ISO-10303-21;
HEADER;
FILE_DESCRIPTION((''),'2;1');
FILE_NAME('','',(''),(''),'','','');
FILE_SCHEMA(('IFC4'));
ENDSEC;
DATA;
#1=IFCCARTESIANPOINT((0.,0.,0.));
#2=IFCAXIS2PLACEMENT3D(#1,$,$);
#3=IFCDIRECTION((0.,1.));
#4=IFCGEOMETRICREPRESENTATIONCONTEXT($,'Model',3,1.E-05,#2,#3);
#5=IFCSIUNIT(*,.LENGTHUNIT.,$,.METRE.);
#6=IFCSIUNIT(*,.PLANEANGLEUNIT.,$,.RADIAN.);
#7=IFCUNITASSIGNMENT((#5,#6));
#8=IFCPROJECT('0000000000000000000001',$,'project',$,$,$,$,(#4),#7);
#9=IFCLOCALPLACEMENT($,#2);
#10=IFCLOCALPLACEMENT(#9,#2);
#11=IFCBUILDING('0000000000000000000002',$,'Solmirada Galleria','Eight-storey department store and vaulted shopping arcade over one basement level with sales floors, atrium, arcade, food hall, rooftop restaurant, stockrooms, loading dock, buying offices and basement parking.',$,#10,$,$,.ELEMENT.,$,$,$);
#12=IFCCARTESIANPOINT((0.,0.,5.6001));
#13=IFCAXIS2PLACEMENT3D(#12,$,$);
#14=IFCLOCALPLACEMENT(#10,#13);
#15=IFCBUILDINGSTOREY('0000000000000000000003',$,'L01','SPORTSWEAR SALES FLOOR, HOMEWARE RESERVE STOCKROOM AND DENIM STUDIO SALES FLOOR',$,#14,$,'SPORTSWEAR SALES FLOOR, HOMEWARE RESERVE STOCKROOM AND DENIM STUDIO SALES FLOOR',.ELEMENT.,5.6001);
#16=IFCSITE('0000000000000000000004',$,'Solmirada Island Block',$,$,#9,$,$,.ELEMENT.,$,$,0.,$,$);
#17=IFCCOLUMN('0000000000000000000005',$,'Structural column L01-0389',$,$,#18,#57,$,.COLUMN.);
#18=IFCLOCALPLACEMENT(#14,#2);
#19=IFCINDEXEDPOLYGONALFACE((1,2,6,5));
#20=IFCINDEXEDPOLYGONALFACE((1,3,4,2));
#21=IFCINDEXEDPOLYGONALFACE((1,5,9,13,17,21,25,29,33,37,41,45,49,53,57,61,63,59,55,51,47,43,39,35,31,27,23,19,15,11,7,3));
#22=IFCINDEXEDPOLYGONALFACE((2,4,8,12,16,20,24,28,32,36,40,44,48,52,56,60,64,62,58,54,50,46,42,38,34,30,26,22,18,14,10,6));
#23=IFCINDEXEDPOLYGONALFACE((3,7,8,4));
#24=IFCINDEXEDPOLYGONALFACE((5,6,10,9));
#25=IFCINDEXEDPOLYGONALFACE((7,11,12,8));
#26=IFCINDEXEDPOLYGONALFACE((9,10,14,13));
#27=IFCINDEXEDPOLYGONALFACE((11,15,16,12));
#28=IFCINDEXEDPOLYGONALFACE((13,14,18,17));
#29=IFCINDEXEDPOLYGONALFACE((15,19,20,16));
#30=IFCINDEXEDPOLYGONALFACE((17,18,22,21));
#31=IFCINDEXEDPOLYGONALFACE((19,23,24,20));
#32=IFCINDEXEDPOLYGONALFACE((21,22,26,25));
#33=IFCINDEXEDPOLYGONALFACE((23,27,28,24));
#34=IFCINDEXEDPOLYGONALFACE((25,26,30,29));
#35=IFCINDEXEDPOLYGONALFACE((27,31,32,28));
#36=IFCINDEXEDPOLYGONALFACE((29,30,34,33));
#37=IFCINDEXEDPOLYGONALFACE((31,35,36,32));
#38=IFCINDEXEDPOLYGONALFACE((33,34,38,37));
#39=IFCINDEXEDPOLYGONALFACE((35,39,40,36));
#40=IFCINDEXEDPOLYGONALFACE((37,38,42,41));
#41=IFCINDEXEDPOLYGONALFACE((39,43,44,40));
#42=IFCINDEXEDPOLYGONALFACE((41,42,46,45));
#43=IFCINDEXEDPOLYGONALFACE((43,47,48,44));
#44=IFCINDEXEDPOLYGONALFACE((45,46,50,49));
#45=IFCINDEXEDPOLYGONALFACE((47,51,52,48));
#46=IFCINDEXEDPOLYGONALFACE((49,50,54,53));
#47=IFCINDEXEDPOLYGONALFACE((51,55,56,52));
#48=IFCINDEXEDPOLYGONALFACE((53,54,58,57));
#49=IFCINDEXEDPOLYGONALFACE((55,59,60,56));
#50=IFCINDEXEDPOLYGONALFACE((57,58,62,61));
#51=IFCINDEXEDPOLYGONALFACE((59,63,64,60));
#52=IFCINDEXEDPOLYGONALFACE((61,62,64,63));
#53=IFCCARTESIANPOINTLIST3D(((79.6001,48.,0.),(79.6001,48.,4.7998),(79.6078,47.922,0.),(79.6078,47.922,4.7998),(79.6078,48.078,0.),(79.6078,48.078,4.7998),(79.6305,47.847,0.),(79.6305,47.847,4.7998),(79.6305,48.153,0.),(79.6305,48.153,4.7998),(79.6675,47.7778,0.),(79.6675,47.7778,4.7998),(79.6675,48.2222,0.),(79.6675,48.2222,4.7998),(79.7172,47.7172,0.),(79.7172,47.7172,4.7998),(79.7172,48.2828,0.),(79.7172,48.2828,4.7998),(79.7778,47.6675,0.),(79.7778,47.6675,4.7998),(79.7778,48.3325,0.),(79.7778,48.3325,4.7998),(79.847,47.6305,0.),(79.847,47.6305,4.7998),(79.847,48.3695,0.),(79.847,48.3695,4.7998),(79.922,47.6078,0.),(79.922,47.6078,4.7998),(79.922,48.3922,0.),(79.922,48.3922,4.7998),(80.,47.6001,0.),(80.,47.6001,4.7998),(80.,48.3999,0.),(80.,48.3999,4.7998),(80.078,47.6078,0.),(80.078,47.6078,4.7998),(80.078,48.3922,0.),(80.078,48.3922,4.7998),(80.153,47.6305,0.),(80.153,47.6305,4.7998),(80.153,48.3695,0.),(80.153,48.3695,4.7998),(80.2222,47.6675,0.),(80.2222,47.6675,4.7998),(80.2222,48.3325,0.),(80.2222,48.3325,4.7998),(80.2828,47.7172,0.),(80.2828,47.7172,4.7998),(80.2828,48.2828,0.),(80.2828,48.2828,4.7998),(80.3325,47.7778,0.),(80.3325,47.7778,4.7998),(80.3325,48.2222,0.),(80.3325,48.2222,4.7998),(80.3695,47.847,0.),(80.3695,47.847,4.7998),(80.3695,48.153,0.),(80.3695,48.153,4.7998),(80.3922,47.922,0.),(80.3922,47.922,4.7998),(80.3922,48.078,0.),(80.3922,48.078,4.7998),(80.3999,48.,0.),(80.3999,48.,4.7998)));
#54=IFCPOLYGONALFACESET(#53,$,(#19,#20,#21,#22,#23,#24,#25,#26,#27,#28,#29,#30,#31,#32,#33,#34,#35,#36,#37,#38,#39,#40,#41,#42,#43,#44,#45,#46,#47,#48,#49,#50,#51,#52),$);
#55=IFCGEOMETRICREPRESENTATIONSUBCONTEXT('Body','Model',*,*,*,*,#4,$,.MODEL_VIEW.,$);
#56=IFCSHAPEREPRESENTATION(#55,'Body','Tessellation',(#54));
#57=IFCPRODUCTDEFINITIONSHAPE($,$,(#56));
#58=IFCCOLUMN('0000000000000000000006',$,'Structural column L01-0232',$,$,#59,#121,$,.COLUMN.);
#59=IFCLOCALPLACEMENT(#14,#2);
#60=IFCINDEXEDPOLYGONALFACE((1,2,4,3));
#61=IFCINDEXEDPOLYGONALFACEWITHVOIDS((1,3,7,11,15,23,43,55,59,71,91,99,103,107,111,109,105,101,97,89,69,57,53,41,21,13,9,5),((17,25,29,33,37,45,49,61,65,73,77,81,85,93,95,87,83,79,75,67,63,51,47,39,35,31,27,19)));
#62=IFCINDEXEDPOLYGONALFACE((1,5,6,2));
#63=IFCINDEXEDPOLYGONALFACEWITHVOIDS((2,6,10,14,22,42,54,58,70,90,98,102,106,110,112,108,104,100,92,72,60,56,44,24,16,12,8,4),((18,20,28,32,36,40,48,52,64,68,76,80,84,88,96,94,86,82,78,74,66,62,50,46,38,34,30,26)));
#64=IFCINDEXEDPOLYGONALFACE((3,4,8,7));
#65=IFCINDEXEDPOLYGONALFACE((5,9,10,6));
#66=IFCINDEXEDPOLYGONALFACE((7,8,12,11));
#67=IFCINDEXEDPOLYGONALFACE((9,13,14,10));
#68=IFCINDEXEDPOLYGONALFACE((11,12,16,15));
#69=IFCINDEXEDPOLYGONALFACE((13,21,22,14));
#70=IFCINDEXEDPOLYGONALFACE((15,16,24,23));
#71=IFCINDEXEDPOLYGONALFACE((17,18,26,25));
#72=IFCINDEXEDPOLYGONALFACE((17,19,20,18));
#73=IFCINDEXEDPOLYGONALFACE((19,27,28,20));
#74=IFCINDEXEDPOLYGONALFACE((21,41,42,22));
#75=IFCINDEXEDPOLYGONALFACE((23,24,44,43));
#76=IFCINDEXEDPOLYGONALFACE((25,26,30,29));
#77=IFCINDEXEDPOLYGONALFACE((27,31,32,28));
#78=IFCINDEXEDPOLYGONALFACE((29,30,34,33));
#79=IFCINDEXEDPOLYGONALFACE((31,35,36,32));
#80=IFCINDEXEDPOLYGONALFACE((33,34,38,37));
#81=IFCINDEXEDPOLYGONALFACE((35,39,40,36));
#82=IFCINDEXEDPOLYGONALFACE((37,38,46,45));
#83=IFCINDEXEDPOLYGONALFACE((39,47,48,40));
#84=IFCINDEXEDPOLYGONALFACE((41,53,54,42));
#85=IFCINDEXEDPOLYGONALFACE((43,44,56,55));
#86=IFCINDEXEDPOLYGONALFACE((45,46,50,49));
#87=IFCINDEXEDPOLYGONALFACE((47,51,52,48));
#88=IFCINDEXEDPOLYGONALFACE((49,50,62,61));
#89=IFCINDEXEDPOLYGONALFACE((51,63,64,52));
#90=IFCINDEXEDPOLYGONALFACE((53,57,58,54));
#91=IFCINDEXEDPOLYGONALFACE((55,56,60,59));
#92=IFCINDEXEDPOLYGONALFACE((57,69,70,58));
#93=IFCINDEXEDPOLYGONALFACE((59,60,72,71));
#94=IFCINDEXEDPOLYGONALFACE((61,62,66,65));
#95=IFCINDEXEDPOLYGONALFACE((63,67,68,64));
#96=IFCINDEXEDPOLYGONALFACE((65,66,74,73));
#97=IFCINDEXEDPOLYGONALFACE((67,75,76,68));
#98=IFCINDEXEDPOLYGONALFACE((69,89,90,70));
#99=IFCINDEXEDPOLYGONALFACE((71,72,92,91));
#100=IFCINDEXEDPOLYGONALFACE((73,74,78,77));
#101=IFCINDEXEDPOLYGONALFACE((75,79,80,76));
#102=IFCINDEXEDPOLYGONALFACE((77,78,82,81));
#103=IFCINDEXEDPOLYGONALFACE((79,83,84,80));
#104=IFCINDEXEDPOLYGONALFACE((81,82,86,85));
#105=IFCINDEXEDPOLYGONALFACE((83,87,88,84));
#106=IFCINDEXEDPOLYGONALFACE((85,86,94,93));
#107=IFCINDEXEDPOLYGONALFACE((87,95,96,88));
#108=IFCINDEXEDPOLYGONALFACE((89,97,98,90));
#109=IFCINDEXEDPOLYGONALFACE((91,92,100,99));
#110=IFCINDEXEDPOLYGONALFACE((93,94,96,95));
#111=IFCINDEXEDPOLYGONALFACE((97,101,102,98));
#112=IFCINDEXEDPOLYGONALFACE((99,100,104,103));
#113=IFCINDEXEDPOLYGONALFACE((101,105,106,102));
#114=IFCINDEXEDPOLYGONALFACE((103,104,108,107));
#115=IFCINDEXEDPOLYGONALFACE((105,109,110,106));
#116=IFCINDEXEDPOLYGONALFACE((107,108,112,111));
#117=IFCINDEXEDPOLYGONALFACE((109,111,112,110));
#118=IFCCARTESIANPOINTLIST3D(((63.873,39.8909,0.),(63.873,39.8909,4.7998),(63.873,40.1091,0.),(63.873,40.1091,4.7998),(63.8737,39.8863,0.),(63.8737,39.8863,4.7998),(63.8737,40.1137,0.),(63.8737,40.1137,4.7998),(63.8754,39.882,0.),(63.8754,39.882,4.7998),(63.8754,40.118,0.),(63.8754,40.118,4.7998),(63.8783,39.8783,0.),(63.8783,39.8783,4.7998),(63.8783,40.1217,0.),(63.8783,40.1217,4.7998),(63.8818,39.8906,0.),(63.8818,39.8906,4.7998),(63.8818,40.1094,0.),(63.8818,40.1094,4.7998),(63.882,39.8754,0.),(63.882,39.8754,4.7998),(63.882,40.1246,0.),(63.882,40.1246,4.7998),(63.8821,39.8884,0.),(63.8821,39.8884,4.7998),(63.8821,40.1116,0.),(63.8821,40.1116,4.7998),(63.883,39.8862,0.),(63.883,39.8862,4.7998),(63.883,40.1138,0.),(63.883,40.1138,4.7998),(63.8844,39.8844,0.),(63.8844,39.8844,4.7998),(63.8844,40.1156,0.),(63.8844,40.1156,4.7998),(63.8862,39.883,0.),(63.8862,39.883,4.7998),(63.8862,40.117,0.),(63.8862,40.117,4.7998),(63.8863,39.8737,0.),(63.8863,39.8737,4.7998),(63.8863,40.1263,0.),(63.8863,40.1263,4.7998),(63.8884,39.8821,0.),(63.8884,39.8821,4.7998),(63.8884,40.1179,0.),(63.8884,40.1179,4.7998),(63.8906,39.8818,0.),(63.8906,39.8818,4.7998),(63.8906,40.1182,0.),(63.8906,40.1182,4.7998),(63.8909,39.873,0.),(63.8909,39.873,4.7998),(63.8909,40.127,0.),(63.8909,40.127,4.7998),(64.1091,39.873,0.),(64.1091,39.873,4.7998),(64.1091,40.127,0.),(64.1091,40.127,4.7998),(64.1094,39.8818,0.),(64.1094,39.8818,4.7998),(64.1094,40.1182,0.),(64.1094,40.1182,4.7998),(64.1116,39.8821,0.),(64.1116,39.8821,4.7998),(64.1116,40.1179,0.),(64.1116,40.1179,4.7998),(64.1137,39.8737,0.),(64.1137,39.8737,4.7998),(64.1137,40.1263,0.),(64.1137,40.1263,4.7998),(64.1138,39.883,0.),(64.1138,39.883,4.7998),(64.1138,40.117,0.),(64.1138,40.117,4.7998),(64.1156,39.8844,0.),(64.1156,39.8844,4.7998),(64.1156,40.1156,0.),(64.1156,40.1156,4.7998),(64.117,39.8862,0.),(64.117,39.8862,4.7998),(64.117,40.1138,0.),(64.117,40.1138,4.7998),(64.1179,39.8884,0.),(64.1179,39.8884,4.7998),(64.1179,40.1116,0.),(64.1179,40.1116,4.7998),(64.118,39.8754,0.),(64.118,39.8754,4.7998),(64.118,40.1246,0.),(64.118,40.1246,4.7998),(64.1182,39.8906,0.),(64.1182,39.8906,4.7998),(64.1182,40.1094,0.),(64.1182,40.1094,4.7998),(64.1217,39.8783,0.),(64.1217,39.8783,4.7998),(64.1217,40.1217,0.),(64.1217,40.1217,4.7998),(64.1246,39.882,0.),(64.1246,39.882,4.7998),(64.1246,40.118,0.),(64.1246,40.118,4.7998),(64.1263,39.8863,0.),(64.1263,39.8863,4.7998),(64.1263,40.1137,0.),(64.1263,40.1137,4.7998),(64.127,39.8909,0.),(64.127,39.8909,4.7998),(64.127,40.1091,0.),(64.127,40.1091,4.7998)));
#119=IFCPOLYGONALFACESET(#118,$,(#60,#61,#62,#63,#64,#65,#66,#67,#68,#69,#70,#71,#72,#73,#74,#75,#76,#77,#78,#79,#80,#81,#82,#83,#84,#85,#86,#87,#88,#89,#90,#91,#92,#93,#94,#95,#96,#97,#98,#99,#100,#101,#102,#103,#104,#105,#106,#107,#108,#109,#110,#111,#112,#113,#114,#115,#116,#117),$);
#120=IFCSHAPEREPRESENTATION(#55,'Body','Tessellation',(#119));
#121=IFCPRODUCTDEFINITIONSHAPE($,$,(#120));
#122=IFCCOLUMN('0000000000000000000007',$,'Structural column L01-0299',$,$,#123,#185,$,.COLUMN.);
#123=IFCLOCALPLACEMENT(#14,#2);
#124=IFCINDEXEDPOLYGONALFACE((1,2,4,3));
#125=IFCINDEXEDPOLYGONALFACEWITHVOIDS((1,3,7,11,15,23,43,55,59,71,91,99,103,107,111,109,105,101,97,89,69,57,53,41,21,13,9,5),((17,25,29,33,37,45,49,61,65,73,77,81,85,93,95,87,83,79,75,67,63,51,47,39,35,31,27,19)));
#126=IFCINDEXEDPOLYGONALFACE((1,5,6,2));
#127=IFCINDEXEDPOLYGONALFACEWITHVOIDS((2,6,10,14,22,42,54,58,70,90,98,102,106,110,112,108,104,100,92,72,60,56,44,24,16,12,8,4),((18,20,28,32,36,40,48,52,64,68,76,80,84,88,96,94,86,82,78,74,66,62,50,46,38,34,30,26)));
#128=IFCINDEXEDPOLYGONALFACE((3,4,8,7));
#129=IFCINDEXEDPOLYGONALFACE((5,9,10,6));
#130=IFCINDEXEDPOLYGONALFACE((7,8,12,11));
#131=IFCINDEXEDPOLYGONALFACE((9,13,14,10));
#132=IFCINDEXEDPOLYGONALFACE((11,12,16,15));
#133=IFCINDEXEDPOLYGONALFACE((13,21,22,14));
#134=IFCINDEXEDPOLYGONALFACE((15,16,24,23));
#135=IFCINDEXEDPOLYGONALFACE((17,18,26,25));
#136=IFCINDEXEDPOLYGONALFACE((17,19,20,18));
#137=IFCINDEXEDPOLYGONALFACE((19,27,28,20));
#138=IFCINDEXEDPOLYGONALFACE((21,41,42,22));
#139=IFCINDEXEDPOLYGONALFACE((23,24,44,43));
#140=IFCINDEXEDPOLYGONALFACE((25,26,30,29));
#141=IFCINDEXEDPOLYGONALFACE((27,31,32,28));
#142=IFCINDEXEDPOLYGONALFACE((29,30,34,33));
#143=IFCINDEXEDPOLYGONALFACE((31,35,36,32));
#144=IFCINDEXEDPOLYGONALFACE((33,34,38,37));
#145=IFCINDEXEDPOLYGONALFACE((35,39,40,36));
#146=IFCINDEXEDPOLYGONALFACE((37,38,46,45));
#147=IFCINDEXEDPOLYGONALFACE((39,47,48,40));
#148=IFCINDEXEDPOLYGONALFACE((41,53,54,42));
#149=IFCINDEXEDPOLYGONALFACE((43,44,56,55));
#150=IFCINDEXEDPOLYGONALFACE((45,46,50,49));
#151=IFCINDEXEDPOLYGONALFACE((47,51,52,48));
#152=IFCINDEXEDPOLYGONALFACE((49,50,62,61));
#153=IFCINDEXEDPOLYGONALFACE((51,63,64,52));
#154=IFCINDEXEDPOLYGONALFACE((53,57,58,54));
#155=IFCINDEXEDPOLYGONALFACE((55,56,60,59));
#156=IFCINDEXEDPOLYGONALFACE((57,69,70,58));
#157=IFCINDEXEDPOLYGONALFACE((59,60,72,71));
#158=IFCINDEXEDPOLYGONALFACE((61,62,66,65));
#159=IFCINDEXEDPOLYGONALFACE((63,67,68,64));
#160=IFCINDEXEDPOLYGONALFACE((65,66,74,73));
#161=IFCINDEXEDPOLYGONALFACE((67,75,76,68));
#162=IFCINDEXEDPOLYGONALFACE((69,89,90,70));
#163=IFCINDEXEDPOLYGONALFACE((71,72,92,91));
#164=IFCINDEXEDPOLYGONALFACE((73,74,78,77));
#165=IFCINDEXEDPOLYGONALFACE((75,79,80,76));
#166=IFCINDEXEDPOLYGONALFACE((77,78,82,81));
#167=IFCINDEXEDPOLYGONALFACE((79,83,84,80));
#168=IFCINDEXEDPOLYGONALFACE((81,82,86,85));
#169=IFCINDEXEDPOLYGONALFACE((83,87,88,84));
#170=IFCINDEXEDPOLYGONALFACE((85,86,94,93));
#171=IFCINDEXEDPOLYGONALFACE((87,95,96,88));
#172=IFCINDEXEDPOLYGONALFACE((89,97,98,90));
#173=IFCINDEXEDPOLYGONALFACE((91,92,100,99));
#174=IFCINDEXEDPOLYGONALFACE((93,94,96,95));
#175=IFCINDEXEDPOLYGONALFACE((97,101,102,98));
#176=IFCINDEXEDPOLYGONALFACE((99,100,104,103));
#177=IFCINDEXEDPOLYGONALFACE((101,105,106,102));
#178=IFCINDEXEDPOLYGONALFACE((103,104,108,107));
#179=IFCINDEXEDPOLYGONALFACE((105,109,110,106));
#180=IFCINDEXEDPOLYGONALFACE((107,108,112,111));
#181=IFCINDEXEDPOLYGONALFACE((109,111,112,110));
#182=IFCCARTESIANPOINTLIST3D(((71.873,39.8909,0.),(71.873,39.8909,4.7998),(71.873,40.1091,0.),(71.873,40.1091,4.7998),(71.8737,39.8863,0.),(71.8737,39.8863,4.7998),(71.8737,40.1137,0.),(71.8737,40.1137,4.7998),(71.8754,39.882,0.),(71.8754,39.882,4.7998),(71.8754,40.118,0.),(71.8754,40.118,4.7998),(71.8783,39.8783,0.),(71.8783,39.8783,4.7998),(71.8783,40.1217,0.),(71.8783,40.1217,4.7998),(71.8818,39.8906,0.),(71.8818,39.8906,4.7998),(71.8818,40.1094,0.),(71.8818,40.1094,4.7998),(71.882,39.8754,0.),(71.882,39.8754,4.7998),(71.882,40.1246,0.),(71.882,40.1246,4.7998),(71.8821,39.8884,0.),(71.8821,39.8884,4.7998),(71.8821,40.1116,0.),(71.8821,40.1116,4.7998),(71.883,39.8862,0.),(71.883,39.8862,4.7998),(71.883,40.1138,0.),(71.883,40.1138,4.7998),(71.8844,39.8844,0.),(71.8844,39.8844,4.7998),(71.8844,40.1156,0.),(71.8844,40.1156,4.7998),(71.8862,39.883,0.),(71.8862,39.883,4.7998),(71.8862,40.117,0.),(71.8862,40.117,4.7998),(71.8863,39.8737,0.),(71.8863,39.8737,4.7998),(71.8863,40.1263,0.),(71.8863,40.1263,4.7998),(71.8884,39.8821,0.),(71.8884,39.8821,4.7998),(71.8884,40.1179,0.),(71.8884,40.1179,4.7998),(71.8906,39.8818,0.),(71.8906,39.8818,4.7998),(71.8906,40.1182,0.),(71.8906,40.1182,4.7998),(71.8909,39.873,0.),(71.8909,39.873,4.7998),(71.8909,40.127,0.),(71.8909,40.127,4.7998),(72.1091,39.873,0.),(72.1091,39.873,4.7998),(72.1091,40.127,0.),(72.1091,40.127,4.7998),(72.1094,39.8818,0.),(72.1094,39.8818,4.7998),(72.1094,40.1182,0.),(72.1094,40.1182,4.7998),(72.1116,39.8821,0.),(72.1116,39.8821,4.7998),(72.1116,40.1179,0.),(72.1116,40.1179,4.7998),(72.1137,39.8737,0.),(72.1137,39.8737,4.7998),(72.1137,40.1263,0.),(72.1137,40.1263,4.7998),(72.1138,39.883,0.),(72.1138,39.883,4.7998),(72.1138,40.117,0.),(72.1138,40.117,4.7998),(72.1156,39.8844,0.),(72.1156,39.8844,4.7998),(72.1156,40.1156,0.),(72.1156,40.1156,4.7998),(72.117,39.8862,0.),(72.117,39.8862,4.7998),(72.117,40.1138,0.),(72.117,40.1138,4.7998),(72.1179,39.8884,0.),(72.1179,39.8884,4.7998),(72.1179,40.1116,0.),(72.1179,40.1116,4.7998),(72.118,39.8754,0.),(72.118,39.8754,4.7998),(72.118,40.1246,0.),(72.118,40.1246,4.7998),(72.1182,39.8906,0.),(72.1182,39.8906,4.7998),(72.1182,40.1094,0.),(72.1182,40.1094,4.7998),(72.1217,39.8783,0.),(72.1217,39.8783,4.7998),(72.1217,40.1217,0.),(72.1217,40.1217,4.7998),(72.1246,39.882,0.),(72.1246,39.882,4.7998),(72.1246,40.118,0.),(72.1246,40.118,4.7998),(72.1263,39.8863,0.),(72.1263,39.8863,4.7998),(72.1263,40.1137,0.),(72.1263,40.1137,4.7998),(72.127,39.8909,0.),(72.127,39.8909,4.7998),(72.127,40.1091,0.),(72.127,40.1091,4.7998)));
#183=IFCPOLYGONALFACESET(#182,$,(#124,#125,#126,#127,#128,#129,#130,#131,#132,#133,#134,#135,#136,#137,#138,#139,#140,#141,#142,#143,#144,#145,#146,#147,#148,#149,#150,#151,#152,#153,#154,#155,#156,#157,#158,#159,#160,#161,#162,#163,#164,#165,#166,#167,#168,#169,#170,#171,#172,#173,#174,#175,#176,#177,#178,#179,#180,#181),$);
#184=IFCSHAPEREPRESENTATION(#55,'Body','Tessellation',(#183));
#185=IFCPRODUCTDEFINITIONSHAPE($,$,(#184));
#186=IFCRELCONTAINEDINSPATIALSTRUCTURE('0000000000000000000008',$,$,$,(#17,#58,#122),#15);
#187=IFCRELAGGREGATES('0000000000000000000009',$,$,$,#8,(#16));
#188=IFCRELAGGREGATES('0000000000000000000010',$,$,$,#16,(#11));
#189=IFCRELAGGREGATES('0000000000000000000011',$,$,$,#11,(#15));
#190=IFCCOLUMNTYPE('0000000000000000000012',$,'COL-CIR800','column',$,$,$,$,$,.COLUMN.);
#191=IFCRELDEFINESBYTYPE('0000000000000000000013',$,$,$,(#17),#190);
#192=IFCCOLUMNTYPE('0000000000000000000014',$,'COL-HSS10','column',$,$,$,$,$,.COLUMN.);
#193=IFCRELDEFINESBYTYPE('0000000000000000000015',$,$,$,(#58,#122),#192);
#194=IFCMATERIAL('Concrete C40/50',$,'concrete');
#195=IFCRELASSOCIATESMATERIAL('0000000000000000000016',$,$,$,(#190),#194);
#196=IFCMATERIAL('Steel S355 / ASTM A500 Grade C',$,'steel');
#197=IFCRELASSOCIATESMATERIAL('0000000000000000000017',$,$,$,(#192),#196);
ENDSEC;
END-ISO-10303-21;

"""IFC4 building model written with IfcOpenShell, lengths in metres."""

from ifc_helpers import new_model, si_unit, direction, frame, origin, origin_2d, place, context, subcontext, project, spatial, hollow_rectangle, circle, extrude, material, material_profile, profile_set, type_object, element, save


model = new_model("IFC4")

# Units and contexts
model_context = context("Model", 3, precision=1e-05, world=origin(), true_north=direction((0.0, 1.0)))
body_context = subcontext(model_context, "Body", "Model", "MODEL_VIEW")
ifc_project = project(units=[si_unit("LENGTHUNIT", "METRE"), si_unit("PLANEANGLEUNIT", "RADIAN")], contexts=[model_context])

# Site, building, storey
site_placement = place(None, origin())
site = spatial("IfcSite", under=ifc_project, at=site_placement, Name="Solmirada Island Block", CompositionType="ELEMENT", RefElevation=0.0)
building_placement = place(site_placement, origin())
building = spatial("IfcBuilding", under=site, at=building_placement, Name="Solmirada Galleria", Description="Eight-storey department store and vaulted shopping arcade over one basement level with sales floors, atrium, arcade, food hall, rooftop restaurant, stockrooms, loading dock, buying offices and basement parking.", CompositionType="ELEMENT")
storey_placement = place(building_placement, frame((0.0, 0.0, 5.6001)))
storey = spatial("IfcBuildingStorey", under=building, at=storey_placement, Name="L01", Description="SPORTSWEAR SALES FLOOR, HOMEWARE RESERVE STOCKROOM AND DENIM STUDIO SALES FLOOR", LongName="SPORTSWEAR SALES FLOOR, HOMEWARE RESERVE STOCKROOM AND DENIM STUDIO SALES FLOOR", CompositionType="ELEMENT", Elevation=5.6001)

# Columns
ifc_material_1 = material(Name="Concrete C40/50", Category="concrete")
ifc_material_profile_1 = material_profile(ifc_material_1, circle(Radius=0.3999, at=origin_2d()), Name="RCCOL800")
ifc_profile_set_1 = profile_set([ifc_material_profile_1], Name="Concrete C40/50")
column_type_1 = type_object("IfcColumnType", Name="COL-CIR800", Description="column", PredefinedType="COLUMN", material=ifc_profile_set_1)
column_1_placement = place(storey_placement, frame((80.0, 48.0, 0.0), z_axis=(0.0, 0.0, 1.0), x_axis=(1.0, 0.0, 0.0)))
element("IfcColumn", 1, at=column_1_placement, inside=storey, type_object=column_type_1, Name="Structural column L01-0389", PredefinedType="COLUMN", context=body_context, shape_type="SweptSolid", body=[
    extrude(circle(Radius=0.3999, at=origin_2d()), origin(), (0.0, 0.0, 1.0), 4.7998),
])
ifc_material_2 = material(Name="Steel S355 / ASTM A500 Grade C", Category="steel")
ifc_material_profile_2 = material_profile(ifc_material_2, hollow_rectangle(XDim=0.2539, YDim=0.2539, WallThickness=0.0088, InnerFilletRadius=0.0088, OuterFilletRadius=0.0178, at=origin_2d()), Name="HSS10X10X3/8")
ifc_profile_set_2 = profile_set([ifc_material_profile_2], Name="Steel S355 / ASTM A500 Grade C")
column_type_2 = type_object("IfcColumnType", Name="COL-HSS10", Description="column", PredefinedType="COLUMN", material=ifc_profile_set_2)
for number, where, z_axis, x_axis, name in (
    (2, (64.0, 40.0, 0.0), (0.0, 0.0, 1.0), (1.0, 0.0, 0.0), "Structural column L01-0232"),
    (3, (72.0, 40.0, 0.0), (0.0, 0.0, 1.0), (1.0, 0.0, 0.0), "Structural column L01-0299"),
):
    element("IfcColumn", number, at=place(storey_placement, frame(where, z_axis=z_axis, x_axis=x_axis)), inside=storey, type_object=column_type_2, Name=name, PredefinedType="COLUMN", context=body_context, shape_type="SweptSolid", body=[
        extrude(hollow_rectangle(XDim=0.2539, YDim=0.2539, WallThickness=0.0088, InnerFilletRadius=0.0088, OuterFilletRadius=0.0178, at=origin_2d()), origin(), (0.0, 0.0, 1.0), 4.7998),
    ])

save(model, "model.ifc")
